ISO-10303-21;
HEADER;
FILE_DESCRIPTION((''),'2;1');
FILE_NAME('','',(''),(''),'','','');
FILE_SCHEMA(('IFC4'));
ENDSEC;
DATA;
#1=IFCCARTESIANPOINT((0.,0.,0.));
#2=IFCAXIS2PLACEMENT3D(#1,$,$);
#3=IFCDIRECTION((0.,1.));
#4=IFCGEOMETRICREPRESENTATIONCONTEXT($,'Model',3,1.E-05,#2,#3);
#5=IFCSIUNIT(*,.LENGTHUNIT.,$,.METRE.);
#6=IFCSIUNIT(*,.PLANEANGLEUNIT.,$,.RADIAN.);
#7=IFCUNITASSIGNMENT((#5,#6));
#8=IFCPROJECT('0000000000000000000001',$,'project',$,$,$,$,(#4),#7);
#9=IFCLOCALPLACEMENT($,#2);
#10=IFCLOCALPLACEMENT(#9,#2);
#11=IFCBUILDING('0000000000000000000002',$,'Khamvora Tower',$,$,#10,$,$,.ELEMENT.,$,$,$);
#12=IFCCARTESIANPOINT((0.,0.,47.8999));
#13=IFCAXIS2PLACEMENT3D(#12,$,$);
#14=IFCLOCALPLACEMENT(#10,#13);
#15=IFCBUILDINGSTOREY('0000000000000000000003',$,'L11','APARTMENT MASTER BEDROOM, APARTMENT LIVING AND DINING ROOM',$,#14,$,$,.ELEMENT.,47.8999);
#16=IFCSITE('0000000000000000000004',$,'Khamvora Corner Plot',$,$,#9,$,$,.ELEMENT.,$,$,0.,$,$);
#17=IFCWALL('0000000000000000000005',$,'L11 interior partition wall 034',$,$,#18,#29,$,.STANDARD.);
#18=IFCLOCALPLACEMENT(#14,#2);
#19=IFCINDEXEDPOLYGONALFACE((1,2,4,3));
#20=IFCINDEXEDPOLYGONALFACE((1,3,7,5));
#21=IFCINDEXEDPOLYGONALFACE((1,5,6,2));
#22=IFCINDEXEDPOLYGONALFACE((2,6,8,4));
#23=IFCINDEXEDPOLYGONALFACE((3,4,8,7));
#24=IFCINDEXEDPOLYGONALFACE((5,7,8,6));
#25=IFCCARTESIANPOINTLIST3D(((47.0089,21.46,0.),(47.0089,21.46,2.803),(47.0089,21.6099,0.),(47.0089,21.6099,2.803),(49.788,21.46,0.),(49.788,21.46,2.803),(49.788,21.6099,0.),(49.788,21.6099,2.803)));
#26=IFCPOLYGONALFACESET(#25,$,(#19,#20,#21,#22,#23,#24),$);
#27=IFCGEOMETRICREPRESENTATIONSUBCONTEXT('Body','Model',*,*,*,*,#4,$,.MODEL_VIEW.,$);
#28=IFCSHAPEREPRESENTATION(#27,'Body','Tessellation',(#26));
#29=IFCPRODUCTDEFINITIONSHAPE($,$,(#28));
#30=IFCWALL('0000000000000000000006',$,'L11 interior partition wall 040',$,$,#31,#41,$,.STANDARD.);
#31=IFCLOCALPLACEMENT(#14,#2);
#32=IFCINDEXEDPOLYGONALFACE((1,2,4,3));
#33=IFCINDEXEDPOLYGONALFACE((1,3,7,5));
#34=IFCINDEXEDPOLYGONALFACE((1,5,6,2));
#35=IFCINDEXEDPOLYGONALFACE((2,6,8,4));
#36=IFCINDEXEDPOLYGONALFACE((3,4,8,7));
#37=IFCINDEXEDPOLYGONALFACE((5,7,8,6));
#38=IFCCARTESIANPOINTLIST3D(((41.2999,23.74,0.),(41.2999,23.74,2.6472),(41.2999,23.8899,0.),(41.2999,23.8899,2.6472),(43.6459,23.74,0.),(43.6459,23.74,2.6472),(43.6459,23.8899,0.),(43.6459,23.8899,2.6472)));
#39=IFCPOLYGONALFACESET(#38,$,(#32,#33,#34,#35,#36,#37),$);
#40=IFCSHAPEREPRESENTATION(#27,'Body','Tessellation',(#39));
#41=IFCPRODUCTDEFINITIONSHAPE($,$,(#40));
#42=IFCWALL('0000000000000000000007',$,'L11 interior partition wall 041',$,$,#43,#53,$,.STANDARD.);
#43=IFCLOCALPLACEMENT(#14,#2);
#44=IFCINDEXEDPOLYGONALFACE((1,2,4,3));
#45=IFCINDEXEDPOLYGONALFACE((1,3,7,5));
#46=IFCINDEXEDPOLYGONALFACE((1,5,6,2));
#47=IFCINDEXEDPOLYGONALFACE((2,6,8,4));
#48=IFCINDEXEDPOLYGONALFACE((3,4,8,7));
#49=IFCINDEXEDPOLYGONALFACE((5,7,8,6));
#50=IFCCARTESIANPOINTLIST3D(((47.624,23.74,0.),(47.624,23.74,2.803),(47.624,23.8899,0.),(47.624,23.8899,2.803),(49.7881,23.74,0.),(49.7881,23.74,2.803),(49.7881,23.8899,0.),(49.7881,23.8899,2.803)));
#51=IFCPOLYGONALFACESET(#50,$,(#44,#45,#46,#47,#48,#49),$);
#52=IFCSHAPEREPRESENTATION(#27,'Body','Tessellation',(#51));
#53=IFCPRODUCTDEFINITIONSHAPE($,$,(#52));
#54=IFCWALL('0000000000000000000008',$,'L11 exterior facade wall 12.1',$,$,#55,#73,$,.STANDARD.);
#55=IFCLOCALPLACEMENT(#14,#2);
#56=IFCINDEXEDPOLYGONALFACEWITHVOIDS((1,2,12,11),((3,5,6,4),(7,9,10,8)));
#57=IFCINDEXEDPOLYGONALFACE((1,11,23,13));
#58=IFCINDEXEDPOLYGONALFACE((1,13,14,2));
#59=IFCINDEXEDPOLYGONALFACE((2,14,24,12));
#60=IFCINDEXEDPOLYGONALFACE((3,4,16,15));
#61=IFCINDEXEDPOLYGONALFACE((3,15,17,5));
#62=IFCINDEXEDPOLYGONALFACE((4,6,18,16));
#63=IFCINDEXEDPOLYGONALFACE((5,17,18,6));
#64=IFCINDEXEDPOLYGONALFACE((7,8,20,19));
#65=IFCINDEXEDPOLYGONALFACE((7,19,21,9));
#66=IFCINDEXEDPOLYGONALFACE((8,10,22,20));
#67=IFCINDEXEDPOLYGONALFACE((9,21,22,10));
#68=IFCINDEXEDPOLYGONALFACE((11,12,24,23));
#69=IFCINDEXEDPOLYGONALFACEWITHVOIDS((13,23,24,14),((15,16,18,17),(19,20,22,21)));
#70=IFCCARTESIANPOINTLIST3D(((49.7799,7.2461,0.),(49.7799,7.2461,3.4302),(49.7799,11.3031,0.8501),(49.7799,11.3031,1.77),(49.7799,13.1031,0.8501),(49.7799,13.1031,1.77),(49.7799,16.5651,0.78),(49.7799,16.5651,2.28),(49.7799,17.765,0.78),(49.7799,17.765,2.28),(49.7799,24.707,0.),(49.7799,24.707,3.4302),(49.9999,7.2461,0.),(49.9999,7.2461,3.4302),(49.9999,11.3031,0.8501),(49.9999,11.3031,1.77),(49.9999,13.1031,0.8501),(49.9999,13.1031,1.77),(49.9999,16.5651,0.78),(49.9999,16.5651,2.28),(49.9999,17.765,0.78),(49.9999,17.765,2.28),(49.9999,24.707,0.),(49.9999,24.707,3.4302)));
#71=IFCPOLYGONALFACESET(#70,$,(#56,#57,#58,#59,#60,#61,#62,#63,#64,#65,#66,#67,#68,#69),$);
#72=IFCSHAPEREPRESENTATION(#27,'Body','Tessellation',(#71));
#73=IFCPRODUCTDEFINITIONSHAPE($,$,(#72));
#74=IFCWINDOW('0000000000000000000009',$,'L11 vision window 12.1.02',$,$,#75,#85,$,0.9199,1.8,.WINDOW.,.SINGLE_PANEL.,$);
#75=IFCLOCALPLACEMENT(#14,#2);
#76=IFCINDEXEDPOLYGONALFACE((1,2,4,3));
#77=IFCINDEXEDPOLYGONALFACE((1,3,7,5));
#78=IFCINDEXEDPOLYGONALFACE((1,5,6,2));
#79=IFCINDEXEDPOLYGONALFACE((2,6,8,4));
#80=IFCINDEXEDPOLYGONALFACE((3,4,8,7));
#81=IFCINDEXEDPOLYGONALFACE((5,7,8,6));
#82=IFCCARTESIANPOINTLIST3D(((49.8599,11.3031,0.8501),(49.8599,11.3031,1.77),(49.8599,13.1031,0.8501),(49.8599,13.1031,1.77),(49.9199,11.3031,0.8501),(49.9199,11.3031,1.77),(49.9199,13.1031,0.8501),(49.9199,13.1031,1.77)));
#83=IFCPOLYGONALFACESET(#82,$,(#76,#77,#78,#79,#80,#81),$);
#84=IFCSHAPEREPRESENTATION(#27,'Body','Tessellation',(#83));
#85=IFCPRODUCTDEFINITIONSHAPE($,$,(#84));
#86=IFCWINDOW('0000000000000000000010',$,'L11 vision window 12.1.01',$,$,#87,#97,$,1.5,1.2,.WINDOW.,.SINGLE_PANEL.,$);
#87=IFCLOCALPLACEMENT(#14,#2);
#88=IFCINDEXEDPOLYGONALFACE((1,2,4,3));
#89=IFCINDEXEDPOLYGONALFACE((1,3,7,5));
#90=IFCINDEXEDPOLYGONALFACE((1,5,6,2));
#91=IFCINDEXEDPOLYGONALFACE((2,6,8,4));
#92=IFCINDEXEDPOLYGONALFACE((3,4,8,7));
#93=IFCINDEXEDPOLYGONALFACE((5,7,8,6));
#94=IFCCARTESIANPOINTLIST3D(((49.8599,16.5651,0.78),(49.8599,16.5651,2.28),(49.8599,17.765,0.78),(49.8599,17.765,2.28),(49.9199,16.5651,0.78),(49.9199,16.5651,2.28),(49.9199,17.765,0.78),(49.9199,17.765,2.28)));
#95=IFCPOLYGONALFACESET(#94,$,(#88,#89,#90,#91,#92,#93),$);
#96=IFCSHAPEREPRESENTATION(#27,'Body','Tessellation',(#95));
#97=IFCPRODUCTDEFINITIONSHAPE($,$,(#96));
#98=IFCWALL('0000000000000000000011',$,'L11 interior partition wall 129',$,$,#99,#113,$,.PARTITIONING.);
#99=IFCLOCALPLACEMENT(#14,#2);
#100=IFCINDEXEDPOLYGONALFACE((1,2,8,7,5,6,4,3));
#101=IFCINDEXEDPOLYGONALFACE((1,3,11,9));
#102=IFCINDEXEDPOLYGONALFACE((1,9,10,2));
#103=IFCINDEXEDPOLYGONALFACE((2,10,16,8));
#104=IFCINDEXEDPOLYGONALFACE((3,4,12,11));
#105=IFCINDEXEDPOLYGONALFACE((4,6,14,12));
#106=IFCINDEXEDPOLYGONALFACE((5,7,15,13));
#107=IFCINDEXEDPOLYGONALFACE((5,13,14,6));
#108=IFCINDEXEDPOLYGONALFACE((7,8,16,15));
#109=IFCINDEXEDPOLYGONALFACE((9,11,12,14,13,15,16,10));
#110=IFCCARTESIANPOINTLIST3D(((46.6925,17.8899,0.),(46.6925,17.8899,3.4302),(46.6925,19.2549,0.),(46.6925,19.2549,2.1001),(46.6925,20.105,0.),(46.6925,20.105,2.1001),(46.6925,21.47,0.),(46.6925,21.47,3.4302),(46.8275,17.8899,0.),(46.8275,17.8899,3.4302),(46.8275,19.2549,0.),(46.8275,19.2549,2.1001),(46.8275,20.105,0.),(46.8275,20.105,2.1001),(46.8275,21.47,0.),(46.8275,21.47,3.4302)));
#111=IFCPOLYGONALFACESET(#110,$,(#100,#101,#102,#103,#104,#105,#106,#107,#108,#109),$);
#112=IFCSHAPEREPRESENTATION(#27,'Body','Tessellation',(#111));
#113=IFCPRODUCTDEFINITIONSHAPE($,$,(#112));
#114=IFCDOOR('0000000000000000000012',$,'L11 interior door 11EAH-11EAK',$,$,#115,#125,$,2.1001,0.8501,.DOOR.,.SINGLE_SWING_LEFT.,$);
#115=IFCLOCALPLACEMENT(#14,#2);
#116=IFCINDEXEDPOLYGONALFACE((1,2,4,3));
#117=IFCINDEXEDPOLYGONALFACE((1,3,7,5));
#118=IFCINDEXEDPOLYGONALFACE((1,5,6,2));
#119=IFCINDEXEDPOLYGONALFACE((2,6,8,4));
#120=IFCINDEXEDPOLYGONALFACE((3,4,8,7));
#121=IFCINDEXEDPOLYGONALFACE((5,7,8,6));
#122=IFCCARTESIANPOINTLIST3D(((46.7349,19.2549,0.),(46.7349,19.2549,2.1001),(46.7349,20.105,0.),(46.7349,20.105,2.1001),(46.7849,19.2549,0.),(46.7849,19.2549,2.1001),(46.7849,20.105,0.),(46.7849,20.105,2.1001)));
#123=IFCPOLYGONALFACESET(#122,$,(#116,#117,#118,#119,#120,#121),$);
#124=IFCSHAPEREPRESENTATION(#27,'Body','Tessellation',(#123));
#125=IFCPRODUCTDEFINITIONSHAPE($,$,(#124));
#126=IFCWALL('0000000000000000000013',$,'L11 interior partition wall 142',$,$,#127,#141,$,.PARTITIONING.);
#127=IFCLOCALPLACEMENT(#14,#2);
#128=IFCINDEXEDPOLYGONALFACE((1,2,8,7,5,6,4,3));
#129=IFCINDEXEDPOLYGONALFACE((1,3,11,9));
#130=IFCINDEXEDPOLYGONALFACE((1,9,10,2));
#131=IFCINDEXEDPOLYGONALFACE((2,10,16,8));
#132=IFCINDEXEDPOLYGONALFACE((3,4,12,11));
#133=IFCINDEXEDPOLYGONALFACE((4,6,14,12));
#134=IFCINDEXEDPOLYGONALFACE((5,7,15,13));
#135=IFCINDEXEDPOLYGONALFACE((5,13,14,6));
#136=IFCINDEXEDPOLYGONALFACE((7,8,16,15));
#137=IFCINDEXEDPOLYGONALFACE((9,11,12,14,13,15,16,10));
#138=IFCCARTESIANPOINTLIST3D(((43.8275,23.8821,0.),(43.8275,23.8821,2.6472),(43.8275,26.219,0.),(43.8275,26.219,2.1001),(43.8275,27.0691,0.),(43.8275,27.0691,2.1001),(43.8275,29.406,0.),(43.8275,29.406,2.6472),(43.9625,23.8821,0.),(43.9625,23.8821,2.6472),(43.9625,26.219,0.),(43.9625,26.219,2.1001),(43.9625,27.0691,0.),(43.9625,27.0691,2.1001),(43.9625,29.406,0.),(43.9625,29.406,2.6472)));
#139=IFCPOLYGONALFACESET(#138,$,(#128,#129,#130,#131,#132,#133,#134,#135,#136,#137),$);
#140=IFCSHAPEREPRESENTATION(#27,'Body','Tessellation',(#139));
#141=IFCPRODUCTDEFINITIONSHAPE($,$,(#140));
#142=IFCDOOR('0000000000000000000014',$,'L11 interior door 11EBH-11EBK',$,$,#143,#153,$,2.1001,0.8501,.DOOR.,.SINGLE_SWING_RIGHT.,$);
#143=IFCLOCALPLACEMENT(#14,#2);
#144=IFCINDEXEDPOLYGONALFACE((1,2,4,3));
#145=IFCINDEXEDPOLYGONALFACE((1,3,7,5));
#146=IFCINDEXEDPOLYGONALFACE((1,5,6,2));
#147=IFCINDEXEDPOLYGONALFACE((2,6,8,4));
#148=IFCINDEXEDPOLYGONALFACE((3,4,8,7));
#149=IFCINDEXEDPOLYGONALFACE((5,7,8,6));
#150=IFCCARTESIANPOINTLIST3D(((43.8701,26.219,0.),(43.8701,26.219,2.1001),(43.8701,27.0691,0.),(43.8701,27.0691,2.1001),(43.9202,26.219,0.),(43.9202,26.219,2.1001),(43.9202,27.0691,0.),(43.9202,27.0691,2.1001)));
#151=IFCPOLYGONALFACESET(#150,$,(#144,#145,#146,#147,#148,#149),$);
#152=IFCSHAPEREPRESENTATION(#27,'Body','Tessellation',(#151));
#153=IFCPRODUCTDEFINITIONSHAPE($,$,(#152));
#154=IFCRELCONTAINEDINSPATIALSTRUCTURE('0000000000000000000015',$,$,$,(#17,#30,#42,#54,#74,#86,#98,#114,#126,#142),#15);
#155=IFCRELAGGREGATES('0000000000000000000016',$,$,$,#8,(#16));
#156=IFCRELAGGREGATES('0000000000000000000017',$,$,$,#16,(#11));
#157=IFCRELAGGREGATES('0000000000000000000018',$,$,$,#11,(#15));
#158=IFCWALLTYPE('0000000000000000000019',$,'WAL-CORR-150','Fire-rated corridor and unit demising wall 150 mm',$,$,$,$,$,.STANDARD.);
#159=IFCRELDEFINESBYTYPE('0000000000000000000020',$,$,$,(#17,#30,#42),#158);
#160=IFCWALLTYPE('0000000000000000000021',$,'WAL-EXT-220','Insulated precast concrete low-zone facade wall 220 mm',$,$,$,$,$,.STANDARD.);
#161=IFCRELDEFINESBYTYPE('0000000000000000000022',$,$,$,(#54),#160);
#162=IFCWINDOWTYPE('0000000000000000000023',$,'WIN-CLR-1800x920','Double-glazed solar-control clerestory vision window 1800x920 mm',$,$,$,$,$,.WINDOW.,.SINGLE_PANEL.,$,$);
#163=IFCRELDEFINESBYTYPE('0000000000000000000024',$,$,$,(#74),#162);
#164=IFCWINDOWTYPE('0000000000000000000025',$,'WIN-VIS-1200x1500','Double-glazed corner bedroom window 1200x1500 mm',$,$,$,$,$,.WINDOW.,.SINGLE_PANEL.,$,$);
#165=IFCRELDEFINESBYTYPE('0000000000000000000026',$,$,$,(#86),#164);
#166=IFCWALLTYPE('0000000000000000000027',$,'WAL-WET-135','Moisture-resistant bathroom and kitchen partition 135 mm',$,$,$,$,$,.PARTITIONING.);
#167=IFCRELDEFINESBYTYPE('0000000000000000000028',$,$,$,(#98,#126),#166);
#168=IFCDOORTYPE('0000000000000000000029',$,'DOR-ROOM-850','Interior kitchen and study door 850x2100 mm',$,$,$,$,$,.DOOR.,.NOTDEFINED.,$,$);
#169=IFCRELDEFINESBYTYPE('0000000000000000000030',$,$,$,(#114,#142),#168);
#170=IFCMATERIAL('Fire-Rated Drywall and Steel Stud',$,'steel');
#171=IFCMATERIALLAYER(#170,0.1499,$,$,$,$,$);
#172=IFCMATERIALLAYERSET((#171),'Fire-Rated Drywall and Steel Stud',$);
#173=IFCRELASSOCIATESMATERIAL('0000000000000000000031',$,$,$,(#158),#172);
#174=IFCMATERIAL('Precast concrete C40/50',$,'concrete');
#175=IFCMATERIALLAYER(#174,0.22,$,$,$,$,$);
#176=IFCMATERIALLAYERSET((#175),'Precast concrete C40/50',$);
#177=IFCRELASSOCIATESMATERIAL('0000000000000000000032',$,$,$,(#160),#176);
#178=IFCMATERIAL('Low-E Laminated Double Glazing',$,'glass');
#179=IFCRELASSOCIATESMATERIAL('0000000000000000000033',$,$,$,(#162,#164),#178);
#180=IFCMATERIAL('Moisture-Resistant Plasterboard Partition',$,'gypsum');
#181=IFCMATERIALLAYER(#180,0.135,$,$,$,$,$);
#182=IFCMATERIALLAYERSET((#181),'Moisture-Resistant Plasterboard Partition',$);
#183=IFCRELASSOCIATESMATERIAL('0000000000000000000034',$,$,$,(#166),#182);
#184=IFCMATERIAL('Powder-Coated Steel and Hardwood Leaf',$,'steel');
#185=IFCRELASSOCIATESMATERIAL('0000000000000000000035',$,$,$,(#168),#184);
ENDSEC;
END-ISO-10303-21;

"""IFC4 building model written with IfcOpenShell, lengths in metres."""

from ifc_helpers import new_model, si_unit, direction, frame, frame_2d, origin, place, context, subcontext, project, spatial, rectangle, extrude, material, layer, layer_set, type_object, element, fill, save


model = new_model("IFC4")

# Units and contexts
model_context = context("Model", 3, precision=1e-05, world=origin(), true_north=direction((0.0, 1.0)))
body_context = subcontext(model_context, "Body", "Model", "MODEL_VIEW")
ifc_project = project(units=[si_unit("LENGTHUNIT", "METRE"), si_unit("PLANEANGLEUNIT", "RADIAN")], contexts=[model_context])

# Site, building, storey
site_placement = place(None, origin())
site = spatial("IfcSite", under=ifc_project, at=site_placement, Name="Khamvora Corner Plot", CompositionType="ELEMENT", RefElevation=0.0)
building_placement = place(site_placement, origin())
building = spatial("IfcBuilding", under=site, at=building_placement, Name="Khamvora Tower", CompositionType="ELEMENT")
storey_placement = place(building_placement, frame((0.0, 0.0, 47.8999)))
storey = spatial("IfcBuildingStorey", under=building, at=storey_placement, Name="L11", Description="APARTMENT MASTER BEDROOM, APARTMENT LIVING AND DINING ROOM", CompositionType="ELEMENT", Elevation=47.8999)

# Shared definitions
ifc_material_1 = material(Name="Fire-Rated Drywall and Steel Stud", Category="steel")
ifc_layer_1 = layer(ifc_material_1, 0.1499)
ifc_layer_set_1 = layer_set([ifc_layer_1], Name="Fire-Rated Drywall and Steel Stud")
wall_type_1 = type_object("IfcWallType", Name="WAL-CORR-150", Description="Fire-rated corridor and unit demising wall 150 mm", PredefinedType="STANDARD", material=ifc_layer_set_1)
ifc_material_2 = material(Name="Powder-Coated Steel and Hardwood Leaf", Category="steel")

# Wall
wall_1_placement = place(storey_placement, frame((49.7881, 21.5349, 0.0), z_axis=(0.0, 0.0, 1.0), x_axis=(-1.0, 0.0, 0.0)))
element("IfcWall", 1, at=wall_1_placement, inside=storey, type_object=wall_type_1, Name="L11 interior partition wall 034", PredefinedType="STANDARD", context=body_context, shape_type="SweptSolid", body=[
    extrude(rectangle(XDim=2.7791, YDim=0.1499, at=frame_2d((1.3896, 0.0))), origin(), (0.0, 0.0, 1.0), 2.803),
])

# Walls
wall_2_placement = place(storey_placement, frame((41.3, 23.8149, 0.0), z_axis=(0.0, 0.0, 1.0), x_axis=(1.0, 0.0, 0.0)))
element("IfcWall", 2, at=wall_2_placement, inside=storey, type_object=wall_type_1, Name="L11 interior partition wall 040", PredefinedType="STANDARD", context=body_context, shape_type="SweptSolid", body=[
    extrude(rectangle(XDim=2.3459, YDim=0.1499, at=frame_2d((1.1729, 0.0))), origin(), (0.0, 0.0, 1.0), 2.6472),
])
wall_3_placement = place(storey_placement, frame((47.624, 23.8149, 0.0), z_axis=(0.0, 0.0, 1.0), x_axis=(1.0, 0.0, 0.0)))
element("IfcWall", 3, at=wall_3_placement, inside=storey, type_object=wall_type_1, Name="L11 interior partition wall 041", PredefinedType="STANDARD", context=body_context, shape_type="SweptSolid", body=[
    extrude(rectangle(XDim=2.1641, YDim=0.1499, at=frame_2d((1.082, 0.0))), origin(), (0.0, 0.0, 1.0), 2.803),
])

# Wall, openings, windows
ifc_material_3 = material(Name="Precast concrete C40/50", Category="concrete")
ifc_layer_2 = layer(ifc_material_3, 0.22)
ifc_layer_set_2 = layer_set([ifc_layer_2], Name="Precast concrete C40/50")
wall_type_2 = type_object("IfcWallType", Name="WAL-EXT-220", Description="Insulated precast concrete low-zone facade wall 220 mm", PredefinedType="STANDARD", material=ifc_layer_set_2)
wall_4_placement = place(storey_placement, frame((49.8899, 24.707, 0.0), z_axis=(0.0, 0.0, 1.0), x_axis=(0.0, -1.0, 0.0)))
wall_4 = element("IfcWall", 4, at=wall_4_placement, inside=storey, type_object=wall_type_2, Name="L11 exterior facade wall 12.1", PredefinedType="STANDARD", context=body_context, shape_type="SweptSolid", body=[
    extrude(rectangle(XDim=17.4609, YDim=0.22, at=frame_2d((8.7305, 0.0))), origin(), (0.0, 0.0, 1.0), 3.4302),
])
opening_1_placement = place(wall_4_placement, frame((6.9419, 0.0, 0.78)))
opening_1 = element("IfcOpeningElement", 5, at=opening_1_placement, cuts=wall_4, PredefinedType="OPENING", context=body_context, shape_type="SweptSolid", body=[
    extrude(rectangle(XDim=1.2, YDim=1.5, at=frame_2d((0.6001, 0.75))), frame((0.0, 0.1199, 0.0), z_axis=(0.0, -1.0, 0.0), x_axis=(1.0, 0.0, 0.0)), (0.0, 0.0, 1.0), 0.24),
])
opening_2_placement = place(wall_4_placement, frame((11.604, 0.0, 0.8501)))
opening_2 = element("IfcOpeningElement", 6, at=opening_2_placement, cuts=wall_4, PredefinedType="OPENING", context=body_context, shape_type="SweptSolid", body=[
    extrude(rectangle(XDim=1.8, YDim=0.9199, at=frame_2d((0.8999, 0.46))), frame((0.0, 0.1199, 0.0), z_axis=(0.0, -1.0, 0.0), x_axis=(1.0, 0.0, 0.0)), (0.0, 0.0, 1.0), 0.24),
])
ifc_material_4 = material(Name="Low-E Laminated Double Glazing", Category="glass")
window_type_1 = type_object("IfcWindowType", Name="WIN-CLR-1800x920", Description="Double-glazed solar-control clerestory vision window 1800x920 mm", PartitioningType="SINGLE_PANEL", PredefinedType="WINDOW", material=ifc_material_4)
window_1_placement = place(opening_2_placement, origin())
window_1 = element("IfcWindow", 7, at=window_1_placement, inside=storey, type_object=window_type_1, Name="L11 vision window 12.1.02", OverallHeight=0.9199, OverallWidth=1.8, PartitioningType="SINGLE_PANEL", PredefinedType="WINDOW", context=body_context, shape_type="SweptSolid", body=[
    extrude(rectangle(XDim=1.8, YDim=0.9199, at=frame_2d((0.8999, 0.46))), frame((0.0, 0.03, 0.0), z_axis=(0.0, -1.0, 0.0), x_axis=(1.0, 0.0, 0.0)), (0.0, 0.0, 1.0), 0.0601),
])
fill(opening_2, window_1)
window_type_2 = type_object("IfcWindowType", Name="WIN-VIS-1200x1500", Description="Double-glazed corner bedroom window 1200x1500 mm", PartitioningType="SINGLE_PANEL", PredefinedType="WINDOW", material=ifc_material_4)
window_2_placement = place(opening_1_placement, origin())
window_2 = element("IfcWindow", 8, at=window_2_placement, inside=storey, type_object=window_type_2, Name="L11 vision window 12.1.01", OverallHeight=1.5, OverallWidth=1.2, PartitioningType="SINGLE_PANEL", PredefinedType="WINDOW", context=body_context, shape_type="SweptSolid", body=[
    extrude(rectangle(XDim=1.2, YDim=1.5, at=frame_2d((0.6001, 0.75))), frame((0.0, 0.03, 0.0), z_axis=(0.0, -1.0, 0.0), x_axis=(1.0, 0.0, 0.0)), (0.0, 0.0, 1.0), 0.0601),
])
fill(opening_1, window_2)

# Walls, openings, doors
ifc_material_5 = material(Name="Moisture-Resistant Plasterboard Partition", Category="gypsum")
ifc_layer_3 = layer(ifc_material_5, 0.135)
ifc_layer_set_3 = layer_set([ifc_layer_3], Name="Moisture-Resistant Plasterboard Partition")
wall_type_3 = type_object("IfcWallType", Name="WAL-WET-135", Description="Moisture-resistant bathroom and kitchen partition 135 mm", PredefinedType="PARTITIONING", material=ifc_layer_set_3)
wall_5_placement = place(storey_placement, frame((46.76, 21.47, 0.0), z_axis=(0.0, 0.0, 1.0), x_axis=(0.0, -1.0, 0.0)))
wall_5 = element("IfcWall", 9, at=wall_5_placement, inside=storey, type_object=wall_type_3, Name="L11 interior partition wall 129", PredefinedType="PARTITIONING", context=body_context, shape_type="SweptSolid", body=[
    extrude(rectangle(XDim=3.5801, YDim=0.135, at=frame_2d((1.79, 0.0))), origin(), (0.0, 0.0, 1.0), 3.4302),
])
opening_3_placement = place(wall_5_placement, frame((1.365, 0.0, 0.0)))
opening_3 = element("IfcOpeningElement", 10, at=opening_3_placement, cuts=wall_5, PredefinedType="OPENING", context=body_context, shape_type="SweptSolid", body=[
    extrude(rectangle(XDim=0.8501, YDim=2.1001, at=frame_2d((0.425, 1.05))), frame((0.0, 0.0774, 0.0), z_axis=(0.0, -1.0, 0.0), x_axis=(1.0, 0.0, 0.0)), (0.0, 0.0, 1.0), 0.155),
])
door_type_1 = type_object("IfcDoorType", Name="DOR-ROOM-850", Description="Interior kitchen and study door 850x2100 mm", OperationType="NOTDEFINED", PredefinedType="DOOR", material=ifc_material_2)
door_1_placement = place(opening_3_placement, origin())
door_1 = element("IfcDoor", 11, at=door_1_placement, inside=storey, type_object=door_type_1, Name="L11 interior door 11EAH-11EAK", OperationType="SINGLE_SWING_LEFT", OverallHeight=2.1001, OverallWidth=0.8501, PredefinedType="DOOR", context=body_context, shape_type="SweptSolid", body=[
    extrude(rectangle(XDim=0.8501, YDim=2.1001, at=frame_2d((0.425, 1.05))), frame((0.0, 0.0249, 0.0), z_axis=(0.0, -1.0, 0.0), x_axis=(1.0, 0.0, 0.0)), (0.0, 0.0, 1.0), 0.05),
])
fill(opening_3, door_1)
wall_6_placement = place(storey_placement, frame((43.895, 23.8821, 0.0), z_axis=(0.0, 0.0, 1.0), x_axis=(0.0, 1.0, 0.0)))
wall_6 = element("IfcWall", 12, at=wall_6_placement, inside=storey, type_object=wall_type_3, Name="L11 interior partition wall 142", PredefinedType="PARTITIONING", context=body_context, shape_type="SweptSolid", body=[
    extrude(rectangle(XDim=5.5239, YDim=0.135, at=frame_2d((2.762, 0.0))), origin(), (0.0, 0.0, 1.0), 2.6472),
])
opening_4_placement = place(wall_6_placement, frame((2.3369, 0.0, 0.0)))
opening_4 = element("IfcOpeningElement", 13, at=opening_4_placement, cuts=wall_6, PredefinedType="OPENING", context=body_context, shape_type="SweptSolid", body=[
    extrude(rectangle(XDim=0.8501, YDim=2.1001, at=frame_2d((0.425, 1.05))), frame((0.0, 0.0774, 0.0), z_axis=(0.0, -1.0, 0.0), x_axis=(1.0, 0.0, 0.0)), (0.0, 0.0, 1.0), 0.155),
])
door_2_placement = place(opening_4_placement, origin())
door_2 = element("IfcDoor", 14, at=door_2_placement, inside=storey, type_object=door_type_1, Name="L11 interior door 11EBH-11EBK", OperationType="SINGLE_SWING_RIGHT", OverallHeight=2.1001, OverallWidth=0.8501, PredefinedType="DOOR", context=body_context, shape_type="SweptSolid", body=[
    extrude(rectangle(XDim=0.8501, YDim=2.1001, at=frame_2d((0.425, 1.05))), frame((0.0, 0.0249, 0.0), z_axis=(0.0, -1.0, 0.0), x_axis=(1.0, 0.0, 0.0)), (0.0, 0.0, 1.0), 0.05),
])
fill(opening_4, door_2)

save(model, "model.ifc")
